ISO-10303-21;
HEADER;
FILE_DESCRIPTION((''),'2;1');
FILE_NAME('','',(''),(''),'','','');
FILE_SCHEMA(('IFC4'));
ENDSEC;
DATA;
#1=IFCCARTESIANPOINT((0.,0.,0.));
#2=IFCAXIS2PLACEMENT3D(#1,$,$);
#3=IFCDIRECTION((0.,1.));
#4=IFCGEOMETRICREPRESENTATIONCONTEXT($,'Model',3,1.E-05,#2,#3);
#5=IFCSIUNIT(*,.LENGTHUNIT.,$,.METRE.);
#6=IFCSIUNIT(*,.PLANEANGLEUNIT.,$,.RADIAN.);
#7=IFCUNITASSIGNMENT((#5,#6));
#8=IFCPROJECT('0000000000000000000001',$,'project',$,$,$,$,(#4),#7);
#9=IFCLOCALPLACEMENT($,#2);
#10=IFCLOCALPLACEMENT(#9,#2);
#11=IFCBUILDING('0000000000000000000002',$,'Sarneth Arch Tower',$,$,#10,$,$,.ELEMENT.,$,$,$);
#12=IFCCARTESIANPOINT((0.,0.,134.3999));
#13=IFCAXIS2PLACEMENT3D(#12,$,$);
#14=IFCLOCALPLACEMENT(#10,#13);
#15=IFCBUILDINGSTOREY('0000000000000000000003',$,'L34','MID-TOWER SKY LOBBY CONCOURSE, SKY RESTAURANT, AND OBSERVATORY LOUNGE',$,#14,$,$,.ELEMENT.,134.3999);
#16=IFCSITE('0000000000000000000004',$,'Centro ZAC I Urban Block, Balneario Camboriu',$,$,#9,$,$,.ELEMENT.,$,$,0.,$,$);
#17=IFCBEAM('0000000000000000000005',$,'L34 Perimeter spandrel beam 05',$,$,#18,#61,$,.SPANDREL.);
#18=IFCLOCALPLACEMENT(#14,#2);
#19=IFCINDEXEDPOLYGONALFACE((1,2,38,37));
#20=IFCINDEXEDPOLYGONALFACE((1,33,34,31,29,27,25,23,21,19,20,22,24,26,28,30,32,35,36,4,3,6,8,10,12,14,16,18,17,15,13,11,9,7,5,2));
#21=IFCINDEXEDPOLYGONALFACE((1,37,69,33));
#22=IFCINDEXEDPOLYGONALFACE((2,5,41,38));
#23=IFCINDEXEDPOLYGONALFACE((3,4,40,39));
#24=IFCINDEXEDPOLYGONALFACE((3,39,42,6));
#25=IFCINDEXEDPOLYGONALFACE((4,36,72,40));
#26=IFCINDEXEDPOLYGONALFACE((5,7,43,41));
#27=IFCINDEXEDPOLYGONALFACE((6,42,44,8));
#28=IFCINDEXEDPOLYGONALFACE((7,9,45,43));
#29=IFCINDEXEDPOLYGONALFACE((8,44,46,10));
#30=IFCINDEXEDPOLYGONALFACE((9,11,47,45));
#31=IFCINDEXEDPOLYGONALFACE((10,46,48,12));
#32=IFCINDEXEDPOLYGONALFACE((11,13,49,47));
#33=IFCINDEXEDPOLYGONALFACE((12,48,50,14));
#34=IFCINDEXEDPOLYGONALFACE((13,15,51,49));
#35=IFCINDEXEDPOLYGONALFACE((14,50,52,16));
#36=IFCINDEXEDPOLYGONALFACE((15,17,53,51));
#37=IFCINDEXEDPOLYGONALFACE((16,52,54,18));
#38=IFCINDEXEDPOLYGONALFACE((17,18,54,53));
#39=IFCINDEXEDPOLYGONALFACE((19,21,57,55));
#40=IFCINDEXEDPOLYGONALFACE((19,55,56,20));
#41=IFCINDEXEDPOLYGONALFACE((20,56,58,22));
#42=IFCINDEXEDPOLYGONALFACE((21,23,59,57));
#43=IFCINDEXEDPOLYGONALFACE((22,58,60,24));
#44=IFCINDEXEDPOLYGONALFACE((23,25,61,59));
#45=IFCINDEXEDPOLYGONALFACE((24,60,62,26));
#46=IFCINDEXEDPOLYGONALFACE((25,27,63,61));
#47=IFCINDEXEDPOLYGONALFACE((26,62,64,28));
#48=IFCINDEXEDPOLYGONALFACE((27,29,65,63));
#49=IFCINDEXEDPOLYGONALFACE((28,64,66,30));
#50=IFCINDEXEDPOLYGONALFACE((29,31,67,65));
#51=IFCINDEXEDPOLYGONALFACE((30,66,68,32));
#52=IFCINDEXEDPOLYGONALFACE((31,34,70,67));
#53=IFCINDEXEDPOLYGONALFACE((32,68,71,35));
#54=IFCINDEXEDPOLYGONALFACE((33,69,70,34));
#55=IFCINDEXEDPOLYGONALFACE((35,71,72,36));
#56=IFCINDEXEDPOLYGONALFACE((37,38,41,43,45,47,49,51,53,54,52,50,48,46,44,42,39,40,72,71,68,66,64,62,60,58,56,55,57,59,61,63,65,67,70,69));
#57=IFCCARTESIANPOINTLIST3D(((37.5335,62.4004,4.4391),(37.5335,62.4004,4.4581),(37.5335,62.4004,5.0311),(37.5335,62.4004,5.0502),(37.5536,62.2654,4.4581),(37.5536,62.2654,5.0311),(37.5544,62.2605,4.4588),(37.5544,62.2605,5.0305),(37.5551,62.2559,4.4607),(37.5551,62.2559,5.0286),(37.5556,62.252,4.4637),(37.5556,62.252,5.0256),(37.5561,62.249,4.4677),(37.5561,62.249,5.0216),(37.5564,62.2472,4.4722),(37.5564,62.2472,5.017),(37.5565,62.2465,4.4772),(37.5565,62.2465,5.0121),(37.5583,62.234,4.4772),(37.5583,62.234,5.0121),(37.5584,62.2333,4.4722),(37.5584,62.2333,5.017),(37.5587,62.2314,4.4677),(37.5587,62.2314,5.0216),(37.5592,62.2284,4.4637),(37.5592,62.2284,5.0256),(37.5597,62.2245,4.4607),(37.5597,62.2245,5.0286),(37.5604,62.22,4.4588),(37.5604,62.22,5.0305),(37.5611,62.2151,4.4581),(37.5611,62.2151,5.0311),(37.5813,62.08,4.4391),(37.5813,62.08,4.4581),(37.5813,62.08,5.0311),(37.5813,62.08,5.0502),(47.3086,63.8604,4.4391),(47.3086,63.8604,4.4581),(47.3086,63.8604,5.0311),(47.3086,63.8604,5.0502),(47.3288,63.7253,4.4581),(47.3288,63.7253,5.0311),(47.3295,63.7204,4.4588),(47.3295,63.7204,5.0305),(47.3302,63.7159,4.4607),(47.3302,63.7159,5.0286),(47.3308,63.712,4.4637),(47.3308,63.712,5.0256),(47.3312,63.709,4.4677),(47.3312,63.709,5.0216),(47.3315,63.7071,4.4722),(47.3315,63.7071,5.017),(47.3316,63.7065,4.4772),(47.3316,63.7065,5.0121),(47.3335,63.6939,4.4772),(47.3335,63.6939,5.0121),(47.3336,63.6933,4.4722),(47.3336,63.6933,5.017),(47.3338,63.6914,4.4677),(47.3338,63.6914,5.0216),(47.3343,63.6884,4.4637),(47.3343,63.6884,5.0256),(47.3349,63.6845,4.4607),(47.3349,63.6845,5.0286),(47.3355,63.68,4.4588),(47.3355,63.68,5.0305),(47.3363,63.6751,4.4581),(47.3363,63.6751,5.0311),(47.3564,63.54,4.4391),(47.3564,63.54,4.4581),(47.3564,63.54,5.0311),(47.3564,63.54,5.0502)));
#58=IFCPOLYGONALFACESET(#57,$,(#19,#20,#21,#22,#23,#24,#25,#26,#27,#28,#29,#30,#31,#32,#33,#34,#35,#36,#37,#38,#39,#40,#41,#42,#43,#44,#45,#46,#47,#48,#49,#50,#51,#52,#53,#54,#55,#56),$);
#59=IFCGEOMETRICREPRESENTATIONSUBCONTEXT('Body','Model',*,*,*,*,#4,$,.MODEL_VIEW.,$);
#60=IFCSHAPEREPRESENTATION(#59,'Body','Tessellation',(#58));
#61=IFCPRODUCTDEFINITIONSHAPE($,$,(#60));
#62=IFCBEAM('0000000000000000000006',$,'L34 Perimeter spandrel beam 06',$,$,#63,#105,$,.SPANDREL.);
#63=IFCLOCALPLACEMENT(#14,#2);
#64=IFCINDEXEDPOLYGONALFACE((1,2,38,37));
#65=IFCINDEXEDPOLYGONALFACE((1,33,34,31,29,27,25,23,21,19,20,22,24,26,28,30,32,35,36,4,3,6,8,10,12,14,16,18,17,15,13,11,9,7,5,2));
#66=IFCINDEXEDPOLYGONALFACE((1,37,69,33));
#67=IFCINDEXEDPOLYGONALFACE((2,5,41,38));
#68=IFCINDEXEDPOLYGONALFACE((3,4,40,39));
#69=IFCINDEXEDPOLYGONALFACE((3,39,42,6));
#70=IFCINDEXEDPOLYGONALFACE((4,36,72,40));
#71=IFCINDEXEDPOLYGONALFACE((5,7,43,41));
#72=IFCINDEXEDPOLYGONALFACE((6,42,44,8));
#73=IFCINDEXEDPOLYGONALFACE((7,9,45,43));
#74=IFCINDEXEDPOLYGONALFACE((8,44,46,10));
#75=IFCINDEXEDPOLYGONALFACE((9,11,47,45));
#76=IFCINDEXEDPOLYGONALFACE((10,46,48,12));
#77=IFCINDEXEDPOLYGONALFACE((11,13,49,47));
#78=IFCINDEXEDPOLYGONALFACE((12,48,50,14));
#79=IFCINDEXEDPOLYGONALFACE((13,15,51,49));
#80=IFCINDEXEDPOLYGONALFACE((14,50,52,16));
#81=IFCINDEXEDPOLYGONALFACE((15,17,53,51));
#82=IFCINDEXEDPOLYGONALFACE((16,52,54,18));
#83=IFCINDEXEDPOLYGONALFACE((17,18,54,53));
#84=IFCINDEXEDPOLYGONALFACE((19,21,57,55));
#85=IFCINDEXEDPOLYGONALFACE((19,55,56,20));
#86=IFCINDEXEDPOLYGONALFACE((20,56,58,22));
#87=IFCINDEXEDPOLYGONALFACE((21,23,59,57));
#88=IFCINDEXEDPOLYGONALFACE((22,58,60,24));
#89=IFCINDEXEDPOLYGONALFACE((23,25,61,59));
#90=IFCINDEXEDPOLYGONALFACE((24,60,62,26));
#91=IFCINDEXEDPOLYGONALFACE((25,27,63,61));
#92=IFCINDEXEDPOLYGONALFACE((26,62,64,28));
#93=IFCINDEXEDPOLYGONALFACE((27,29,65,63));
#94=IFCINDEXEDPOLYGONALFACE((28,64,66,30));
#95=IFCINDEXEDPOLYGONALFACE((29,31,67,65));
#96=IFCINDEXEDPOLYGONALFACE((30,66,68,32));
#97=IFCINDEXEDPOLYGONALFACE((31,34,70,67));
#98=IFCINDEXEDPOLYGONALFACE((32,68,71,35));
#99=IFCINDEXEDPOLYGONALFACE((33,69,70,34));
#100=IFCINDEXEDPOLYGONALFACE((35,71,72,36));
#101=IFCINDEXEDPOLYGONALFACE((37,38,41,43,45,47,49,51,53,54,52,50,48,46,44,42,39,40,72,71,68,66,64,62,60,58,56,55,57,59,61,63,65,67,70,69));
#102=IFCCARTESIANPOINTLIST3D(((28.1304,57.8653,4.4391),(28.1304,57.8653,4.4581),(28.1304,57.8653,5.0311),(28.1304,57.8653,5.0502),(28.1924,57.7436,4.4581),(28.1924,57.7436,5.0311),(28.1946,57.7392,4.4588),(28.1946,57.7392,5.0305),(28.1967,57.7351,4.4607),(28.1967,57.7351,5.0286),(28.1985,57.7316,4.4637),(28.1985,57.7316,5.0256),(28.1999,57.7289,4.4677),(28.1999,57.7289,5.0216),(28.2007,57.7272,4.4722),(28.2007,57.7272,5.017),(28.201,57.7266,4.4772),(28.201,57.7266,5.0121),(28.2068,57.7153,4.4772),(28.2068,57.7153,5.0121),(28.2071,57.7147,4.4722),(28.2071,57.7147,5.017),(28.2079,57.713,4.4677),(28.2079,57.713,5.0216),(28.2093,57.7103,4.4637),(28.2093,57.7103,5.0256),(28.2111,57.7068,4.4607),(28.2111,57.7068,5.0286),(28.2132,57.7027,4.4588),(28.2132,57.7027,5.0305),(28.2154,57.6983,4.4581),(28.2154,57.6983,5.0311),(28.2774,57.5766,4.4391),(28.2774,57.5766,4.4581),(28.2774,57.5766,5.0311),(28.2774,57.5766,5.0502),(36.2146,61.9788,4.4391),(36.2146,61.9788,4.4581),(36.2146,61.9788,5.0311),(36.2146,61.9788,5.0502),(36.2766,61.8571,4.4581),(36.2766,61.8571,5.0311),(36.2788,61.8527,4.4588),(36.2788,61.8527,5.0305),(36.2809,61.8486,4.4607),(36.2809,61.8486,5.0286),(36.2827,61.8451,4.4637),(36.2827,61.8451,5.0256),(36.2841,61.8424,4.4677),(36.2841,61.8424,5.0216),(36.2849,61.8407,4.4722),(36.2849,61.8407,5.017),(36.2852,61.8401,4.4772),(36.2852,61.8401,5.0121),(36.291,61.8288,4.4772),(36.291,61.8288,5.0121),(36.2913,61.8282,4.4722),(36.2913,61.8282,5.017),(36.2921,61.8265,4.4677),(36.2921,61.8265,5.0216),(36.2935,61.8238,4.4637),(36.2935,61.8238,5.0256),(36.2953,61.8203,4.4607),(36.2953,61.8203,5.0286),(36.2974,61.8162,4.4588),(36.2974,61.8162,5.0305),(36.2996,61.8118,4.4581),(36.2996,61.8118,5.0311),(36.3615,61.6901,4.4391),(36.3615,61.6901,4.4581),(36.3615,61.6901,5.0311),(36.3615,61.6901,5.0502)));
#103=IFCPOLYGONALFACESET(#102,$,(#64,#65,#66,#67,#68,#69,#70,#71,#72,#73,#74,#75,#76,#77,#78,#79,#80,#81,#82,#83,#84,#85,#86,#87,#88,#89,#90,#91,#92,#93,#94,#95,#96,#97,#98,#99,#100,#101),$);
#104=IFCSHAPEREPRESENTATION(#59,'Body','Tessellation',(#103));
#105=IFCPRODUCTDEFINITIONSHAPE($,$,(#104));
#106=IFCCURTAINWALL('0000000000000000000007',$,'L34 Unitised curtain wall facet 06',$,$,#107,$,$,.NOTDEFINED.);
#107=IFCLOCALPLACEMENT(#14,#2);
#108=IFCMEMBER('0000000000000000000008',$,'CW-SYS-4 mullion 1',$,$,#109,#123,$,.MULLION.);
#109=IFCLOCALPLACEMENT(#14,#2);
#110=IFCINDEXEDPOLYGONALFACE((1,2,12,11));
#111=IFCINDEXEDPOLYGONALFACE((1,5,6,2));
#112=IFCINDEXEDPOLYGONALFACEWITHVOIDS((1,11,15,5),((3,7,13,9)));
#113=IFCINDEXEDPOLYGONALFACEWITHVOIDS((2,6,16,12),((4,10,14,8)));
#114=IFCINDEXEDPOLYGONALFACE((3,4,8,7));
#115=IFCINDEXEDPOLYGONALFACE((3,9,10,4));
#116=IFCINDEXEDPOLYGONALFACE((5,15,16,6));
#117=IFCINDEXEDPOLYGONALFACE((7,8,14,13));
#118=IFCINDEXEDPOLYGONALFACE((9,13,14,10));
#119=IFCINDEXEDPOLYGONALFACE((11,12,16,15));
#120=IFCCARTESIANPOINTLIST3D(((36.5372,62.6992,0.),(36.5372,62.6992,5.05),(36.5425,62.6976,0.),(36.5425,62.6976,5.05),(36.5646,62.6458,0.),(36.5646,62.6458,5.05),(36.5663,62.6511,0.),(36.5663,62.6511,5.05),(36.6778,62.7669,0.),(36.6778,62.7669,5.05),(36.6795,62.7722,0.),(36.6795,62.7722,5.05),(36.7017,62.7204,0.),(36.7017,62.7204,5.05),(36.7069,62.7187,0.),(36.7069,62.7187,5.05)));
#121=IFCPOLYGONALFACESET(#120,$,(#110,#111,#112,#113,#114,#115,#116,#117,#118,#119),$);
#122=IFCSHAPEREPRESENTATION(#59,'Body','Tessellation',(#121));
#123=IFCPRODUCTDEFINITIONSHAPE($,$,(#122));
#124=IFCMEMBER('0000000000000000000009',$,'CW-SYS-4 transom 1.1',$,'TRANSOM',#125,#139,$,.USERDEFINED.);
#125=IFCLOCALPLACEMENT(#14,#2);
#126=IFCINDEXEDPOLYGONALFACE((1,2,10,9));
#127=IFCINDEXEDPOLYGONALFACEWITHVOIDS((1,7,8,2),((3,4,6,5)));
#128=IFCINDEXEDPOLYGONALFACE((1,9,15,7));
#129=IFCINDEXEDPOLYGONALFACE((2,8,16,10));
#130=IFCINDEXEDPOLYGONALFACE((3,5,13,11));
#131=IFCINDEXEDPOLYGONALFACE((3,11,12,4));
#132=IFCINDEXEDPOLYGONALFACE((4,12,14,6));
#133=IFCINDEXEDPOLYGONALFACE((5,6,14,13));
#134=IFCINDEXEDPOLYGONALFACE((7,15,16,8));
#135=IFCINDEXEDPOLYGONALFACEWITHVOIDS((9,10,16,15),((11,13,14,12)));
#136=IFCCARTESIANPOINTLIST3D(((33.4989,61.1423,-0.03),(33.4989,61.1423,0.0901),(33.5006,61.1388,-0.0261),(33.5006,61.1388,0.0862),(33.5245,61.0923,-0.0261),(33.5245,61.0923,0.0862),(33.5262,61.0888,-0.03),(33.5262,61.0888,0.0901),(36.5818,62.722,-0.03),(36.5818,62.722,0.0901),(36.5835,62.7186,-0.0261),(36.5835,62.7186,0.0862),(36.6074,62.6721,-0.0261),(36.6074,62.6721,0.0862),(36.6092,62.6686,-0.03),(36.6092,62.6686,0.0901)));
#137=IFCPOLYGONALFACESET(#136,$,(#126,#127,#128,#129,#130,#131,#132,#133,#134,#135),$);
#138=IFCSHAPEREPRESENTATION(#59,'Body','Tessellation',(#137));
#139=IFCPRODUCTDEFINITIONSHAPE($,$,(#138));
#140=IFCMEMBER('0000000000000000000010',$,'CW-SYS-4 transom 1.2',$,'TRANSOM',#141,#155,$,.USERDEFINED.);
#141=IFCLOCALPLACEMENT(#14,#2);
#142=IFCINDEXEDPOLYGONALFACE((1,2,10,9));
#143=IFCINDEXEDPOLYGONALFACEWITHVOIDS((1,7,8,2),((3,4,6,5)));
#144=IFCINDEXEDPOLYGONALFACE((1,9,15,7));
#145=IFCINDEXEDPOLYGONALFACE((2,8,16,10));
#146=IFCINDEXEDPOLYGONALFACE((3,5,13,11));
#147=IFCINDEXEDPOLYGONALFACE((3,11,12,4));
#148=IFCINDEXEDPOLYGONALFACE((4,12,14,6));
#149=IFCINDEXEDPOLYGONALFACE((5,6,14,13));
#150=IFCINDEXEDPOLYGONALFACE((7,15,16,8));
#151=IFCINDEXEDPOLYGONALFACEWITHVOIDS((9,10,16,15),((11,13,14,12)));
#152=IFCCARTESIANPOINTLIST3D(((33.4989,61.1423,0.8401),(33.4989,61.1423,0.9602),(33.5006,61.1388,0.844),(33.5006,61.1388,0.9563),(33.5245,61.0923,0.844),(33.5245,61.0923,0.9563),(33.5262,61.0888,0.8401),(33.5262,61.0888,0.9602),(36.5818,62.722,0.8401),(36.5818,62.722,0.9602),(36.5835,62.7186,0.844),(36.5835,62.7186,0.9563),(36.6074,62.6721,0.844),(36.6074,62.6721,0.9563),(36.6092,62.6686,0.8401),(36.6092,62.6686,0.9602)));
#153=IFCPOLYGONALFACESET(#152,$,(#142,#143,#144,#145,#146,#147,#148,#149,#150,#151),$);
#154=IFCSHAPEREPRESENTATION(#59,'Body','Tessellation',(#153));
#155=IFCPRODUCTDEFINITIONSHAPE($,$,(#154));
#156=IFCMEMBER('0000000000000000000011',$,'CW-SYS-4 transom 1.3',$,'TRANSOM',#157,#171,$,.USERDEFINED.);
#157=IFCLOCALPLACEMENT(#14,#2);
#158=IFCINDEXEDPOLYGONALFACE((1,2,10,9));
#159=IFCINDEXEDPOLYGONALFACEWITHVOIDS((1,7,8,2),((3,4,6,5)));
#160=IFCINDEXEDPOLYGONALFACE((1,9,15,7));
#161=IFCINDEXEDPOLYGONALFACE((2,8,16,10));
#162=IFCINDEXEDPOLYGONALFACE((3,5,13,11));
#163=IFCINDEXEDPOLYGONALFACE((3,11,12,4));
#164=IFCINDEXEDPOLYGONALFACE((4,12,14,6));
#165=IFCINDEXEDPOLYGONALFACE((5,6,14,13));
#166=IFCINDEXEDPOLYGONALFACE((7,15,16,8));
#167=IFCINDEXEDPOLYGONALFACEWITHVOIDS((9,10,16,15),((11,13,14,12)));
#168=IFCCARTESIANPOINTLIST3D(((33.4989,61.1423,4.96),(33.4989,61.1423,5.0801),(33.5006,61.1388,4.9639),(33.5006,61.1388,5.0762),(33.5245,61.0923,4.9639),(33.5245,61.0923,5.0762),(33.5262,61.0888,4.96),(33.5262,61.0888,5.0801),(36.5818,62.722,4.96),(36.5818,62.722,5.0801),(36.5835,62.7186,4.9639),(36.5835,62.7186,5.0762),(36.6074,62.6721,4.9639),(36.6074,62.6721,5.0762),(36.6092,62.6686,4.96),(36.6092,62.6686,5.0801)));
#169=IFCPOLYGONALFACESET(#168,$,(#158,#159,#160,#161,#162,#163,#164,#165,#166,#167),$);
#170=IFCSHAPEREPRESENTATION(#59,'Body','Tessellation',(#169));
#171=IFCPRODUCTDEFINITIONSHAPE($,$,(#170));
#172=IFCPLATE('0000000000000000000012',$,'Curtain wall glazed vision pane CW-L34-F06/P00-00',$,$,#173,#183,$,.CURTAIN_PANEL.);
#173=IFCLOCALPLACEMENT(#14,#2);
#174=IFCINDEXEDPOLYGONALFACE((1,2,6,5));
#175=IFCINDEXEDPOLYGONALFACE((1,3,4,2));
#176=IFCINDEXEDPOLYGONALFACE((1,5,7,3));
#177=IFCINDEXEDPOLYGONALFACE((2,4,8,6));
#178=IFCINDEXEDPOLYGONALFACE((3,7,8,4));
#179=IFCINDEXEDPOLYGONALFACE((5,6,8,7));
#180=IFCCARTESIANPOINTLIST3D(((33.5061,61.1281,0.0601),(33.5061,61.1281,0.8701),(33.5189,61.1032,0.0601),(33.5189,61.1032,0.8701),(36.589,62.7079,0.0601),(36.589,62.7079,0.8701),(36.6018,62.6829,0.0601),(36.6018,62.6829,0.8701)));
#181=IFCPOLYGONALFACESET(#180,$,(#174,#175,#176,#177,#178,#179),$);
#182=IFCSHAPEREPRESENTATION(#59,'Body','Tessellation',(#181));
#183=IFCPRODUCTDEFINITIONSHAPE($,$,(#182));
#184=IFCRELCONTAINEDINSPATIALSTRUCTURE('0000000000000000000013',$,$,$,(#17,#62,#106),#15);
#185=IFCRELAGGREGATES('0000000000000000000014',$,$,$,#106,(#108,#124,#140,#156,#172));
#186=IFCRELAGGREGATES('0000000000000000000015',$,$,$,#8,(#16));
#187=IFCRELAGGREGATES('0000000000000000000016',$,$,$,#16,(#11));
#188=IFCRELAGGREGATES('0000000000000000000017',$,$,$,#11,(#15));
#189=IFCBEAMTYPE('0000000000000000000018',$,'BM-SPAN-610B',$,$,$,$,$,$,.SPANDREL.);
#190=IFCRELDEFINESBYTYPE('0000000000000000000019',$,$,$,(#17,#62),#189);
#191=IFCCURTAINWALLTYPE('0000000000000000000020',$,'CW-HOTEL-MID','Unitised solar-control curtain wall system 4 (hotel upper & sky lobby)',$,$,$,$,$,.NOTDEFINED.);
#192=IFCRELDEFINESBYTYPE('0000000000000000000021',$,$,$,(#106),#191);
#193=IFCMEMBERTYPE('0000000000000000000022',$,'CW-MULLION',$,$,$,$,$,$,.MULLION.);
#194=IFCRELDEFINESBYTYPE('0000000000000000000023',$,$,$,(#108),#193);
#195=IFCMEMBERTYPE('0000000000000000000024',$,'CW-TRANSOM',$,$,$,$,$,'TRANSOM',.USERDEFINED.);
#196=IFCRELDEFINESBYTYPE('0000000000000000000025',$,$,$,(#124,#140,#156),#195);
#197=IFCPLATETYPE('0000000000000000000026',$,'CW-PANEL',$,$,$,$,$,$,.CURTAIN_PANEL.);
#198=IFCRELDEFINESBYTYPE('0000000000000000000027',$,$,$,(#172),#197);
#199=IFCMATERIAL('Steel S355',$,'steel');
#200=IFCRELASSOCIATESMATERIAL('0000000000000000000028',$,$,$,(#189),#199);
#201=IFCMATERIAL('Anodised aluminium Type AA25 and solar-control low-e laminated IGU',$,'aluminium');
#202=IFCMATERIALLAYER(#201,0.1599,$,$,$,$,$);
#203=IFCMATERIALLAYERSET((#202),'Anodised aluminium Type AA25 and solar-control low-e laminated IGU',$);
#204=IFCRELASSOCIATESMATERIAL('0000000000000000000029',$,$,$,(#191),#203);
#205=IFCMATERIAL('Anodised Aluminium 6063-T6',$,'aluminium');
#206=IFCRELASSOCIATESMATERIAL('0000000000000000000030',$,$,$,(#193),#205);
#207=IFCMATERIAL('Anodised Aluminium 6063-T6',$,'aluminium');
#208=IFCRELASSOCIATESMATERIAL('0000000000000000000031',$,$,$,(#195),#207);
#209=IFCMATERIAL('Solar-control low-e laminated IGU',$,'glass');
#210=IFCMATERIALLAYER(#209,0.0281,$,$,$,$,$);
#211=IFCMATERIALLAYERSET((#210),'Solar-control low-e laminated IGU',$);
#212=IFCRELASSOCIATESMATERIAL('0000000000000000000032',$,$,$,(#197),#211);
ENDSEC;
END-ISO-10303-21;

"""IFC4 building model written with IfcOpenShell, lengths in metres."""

from ifc_helpers import new_model, si_unit, direction, frame, origin, origin_2d, place, context, subcontext, project, spatial, rectangle, hollow_rectangle, i_section, extrude, material, layer, layer_set, material_profile, profile_set, type_object, element, aggregate, save


model = new_model("IFC4")

# Units and contexts
model_context = context("Model", 3, precision=1e-05, world=origin(), true_north=direction((0.0, 1.0)))
body_context = subcontext(model_context, "Body", "Model", "MODEL_VIEW")
ifc_project = project(units=[si_unit("LENGTHUNIT", "METRE"), si_unit("PLANEANGLEUNIT", "RADIAN")], contexts=[model_context])

# Site, building, storey
site_placement = place(None, origin())
site = spatial("IfcSite", under=ifc_project, at=site_placement, Name="Centro ZAC I Urban Block, Balneario Camboriu", CompositionType="ELEMENT", RefElevation=0.0)
building_placement = place(site_placement, origin())
building = spatial("IfcBuilding", under=site, at=building_placement, Name="Sarneth Arch Tower", CompositionType="ELEMENT")
storey_placement = place(building_placement, frame((0.0, 0.0, 134.3999)))
storey = spatial("IfcBuildingStorey", under=building, at=storey_placement, Name="L34", Description="MID-TOWER SKY LOBBY CONCOURSE, SKY RESTAURANT, AND OBSERVATORY LOUNGE", CompositionType="ELEMENT", Elevation=134.3999)

# Beams
ifc_material_1 = material(Name="Steel S355", Category="steel")
ifc_material_profile_1 = material_profile(ifc_material_1, i_section(OverallWidth=0.324, OverallDepth=0.6111, WebThickness=0.0127, FlangeThickness=0.019, FilletRadius=0.019, at=origin_2d()), Name="W610x155")
ifc_profile_set_1 = profile_set([ifc_material_profile_1], Name="Steel S355")
beam_type_1 = type_object("IfcBeamType", Name="BM-SPAN-610B", PredefinedType="SPANDREL", material=ifc_profile_set_1)
beam_1_placement = place(storey_placement, frame((47.3325, 63.7002, 4.7446), z_axis=(-0.98903, -0.147716, 0.0), x_axis=(0.147716, -0.98903, 0.0)))
element("IfcBeam", 1, at=beam_1_placement, inside=storey, type_object=beam_type_1, Name="L34 Perimeter spandrel beam 05", PredefinedType="SPANDREL", context=body_context, shape_type="SweptSolid", body=[
    extrude(i_section(OverallWidth=0.324, OverallDepth=0.6111, WebThickness=0.0127, FlangeThickness=0.019, FilletRadius=0.019, at=origin_2d()), origin(), (0.0, 0.0, 1.0), 9.8835),
])
beam_2_placement = place(storey_placement, frame((36.2881, 61.8345, 4.7446), z_axis=(-0.891256, -0.453501, 0.0), x_axis=(0.453501, -0.891256, 0.0)))
element("IfcBeam", 2, at=beam_2_placement, inside=storey, type_object=beam_type_1, Name="L34 Perimeter spandrel beam 06", PredefinedType="SPANDREL", context=body_context, shape_type="SweptSolid", body=[
    extrude(i_section(OverallWidth=0.324, OverallDepth=0.6111, WebThickness=0.0127, FlangeThickness=0.019, FilletRadius=0.019, at=origin_2d()), origin(), (0.0, 0.0, 1.0), 9.0706),
])

# Curtain wall, members, plate
ifc_material_2 = material(Name="Anodised aluminium Type AA25 and solar-control low-e laminated IGU", Category="aluminium")
ifc_layer_1 = layer(ifc_material_2, 0.1599)
ifc_layer_set_1 = layer_set([ifc_layer_1], Name="Anodised aluminium Type AA25 and solar-control low-e laminated IGU")
curtain_wall_type = type_object("IfcCurtainWallType", Name="CW-HOTEL-MID", Description="Unitised solar-control curtain wall system 4 (hotel upper & sky lobby)", PredefinedType="NOTDEFINED", material=ifc_layer_set_1)
curtain_wall_placement = place(storey_placement, origin())
curtain_wall = element("IfcCurtainWall", 3, at=curtain_wall_placement, inside=storey, type_object=curtain_wall_type, Name="L34 Unitised curtain wall facet 06", PredefinedType="NOTDEFINED")
ifc_material_3 = material(Name="Anodised Aluminium 6063-T6", Category="aluminium")
ifc_material_profile_2 = material_profile(ifc_material_3, hollow_rectangle(XDim=0.0601, YDim=0.1599, WallThickness=0.0039, at=origin_2d()), Name="AL-MULL-160x60x4")
ifc_profile_set_2 = profile_set([ifc_material_profile_2], Name="Anodised Aluminium 6063-T6")
member_type_1 = type_object("IfcMemberType", Name="CW-MULLION", PredefinedType="MULLION", material=ifc_profile_set_2)
member_1_placement = place(storey_placement, frame((36.6221, 62.709, 0.0), z_axis=(0.0, 0.0, 1.0), x_axis=(0.456031, -0.889964, 0.0)))
member_1 = element("IfcMember", 4, at=member_1_placement, type_object=member_type_1, Name="CW-SYS-4 mullion 1", PredefinedType="MULLION", context=body_context, shape_type="SweptSolid", body=[
    extrude(hollow_rectangle(XDim=0.0601, YDim=0.1599, WallThickness=0.0039, at=origin_2d()), origin(), (0.0, 0.0, 1.0), 5.05),
])
ifc_material_4 = material(Name="Anodised Aluminium 6063-T6", Category="aluminium")
ifc_material_profile_3 = material_profile(ifc_material_4, hollow_rectangle(XDim=0.0601, YDim=0.1201, WallThickness=0.0039, at=origin_2d()), Name="AL-TRAN-120x60x4")
ifc_profile_set_3 = profile_set([ifc_material_profile_3], Name="Anodised Aluminium 6063-T6")
member_type_2 = type_object("IfcMemberType", Name="CW-TRANSOM", ElementType="TRANSOM", PredefinedType="USERDEFINED", material=ifc_profile_set_3)
member_2_placement = place(storey_placement, frame((36.5955, 62.6953, 0.03), z_axis=(-0.889958, -0.456043, 0.0), x_axis=(0.456043, -0.889958, 0.0)))
member_2 = element("IfcMember", 5, at=member_2_placement, type_object=member_type_2, Name="CW-SYS-4 transom 1.1", ObjectType="TRANSOM", PredefinedType="USERDEFINED", context=body_context, shape_type="SweptSolid", body=[
    extrude(hollow_rectangle(XDim=0.0601, YDim=0.1201, WallThickness=0.0039, at=origin_2d()), origin(), (0.0, 0.0, 1.0), 3.4641),
])
member_3_placement = place(storey_placement, frame((36.5955, 62.6953, 0.9001), z_axis=(-0.889958, -0.456043, 0.0), x_axis=(0.456043, -0.889958, 0.0)))
member_3 = element("IfcMember", 6, at=member_3_placement, type_object=member_type_2, Name="CW-SYS-4 transom 1.2", ObjectType="TRANSOM", PredefinedType="USERDEFINED", context=body_context, shape_type="SweptSolid", body=[
    extrude(hollow_rectangle(XDim=0.0601, YDim=0.1201, WallThickness=0.0039, at=origin_2d()), origin(), (0.0, 0.0, 1.0), 3.4641),
])
member_4_placement = place(storey_placement, frame((36.5955, 62.6953, 5.02), z_axis=(-0.889958, -0.456043, 0.0), x_axis=(0.456043, -0.889958, 0.0)))
member_4 = element("IfcMember", 7, at=member_4_placement, type_object=member_type_2, Name="CW-SYS-4 transom 1.3", ObjectType="TRANSOM", PredefinedType="USERDEFINED", context=body_context, shape_type="SweptSolid", body=[
    extrude(hollow_rectangle(XDim=0.0601, YDim=0.1201, WallThickness=0.0039, at=origin_2d()), origin(), (0.0, 0.0, 1.0), 3.4641),
])
ifc_material_5 = material(Name="Solar-control low-e laminated IGU", Category="glass")
ifc_layer_2 = layer(ifc_material_5, 0.0281)
ifc_layer_set_2 = layer_set([ifc_layer_2], Name="Solar-control low-e laminated IGU")
plate_type = type_object("IfcPlateType", Name="CW-PANEL", PredefinedType="CURTAIN_PANEL", material=ifc_layer_set_2)
plate_1_placement = place(storey_placement, frame((35.054, 61.9055, 0.0601), z_axis=(0.0, 0.0, 1.0), x_axis=(-0.889964, -0.456031, 0.0)))
plate_1 = element("IfcPlate", 8, at=plate_1_placement, type_object=plate_type, Name="Curtain wall glazed vision pane CW-L34-F06/P00-00", PredefinedType="CURTAIN_PANEL", context=body_context, shape_type="SweptSolid", body=[
    extrude(rectangle(XDim=3.4641, YDim=0.0281, at=origin_2d()), origin(), (0.0, 0.0, 1.0), 0.8101),
])
aggregate(curtain_wall, [member_1, member_2, member_3, member_4, plate_1])

save(model, "model.ifc")
